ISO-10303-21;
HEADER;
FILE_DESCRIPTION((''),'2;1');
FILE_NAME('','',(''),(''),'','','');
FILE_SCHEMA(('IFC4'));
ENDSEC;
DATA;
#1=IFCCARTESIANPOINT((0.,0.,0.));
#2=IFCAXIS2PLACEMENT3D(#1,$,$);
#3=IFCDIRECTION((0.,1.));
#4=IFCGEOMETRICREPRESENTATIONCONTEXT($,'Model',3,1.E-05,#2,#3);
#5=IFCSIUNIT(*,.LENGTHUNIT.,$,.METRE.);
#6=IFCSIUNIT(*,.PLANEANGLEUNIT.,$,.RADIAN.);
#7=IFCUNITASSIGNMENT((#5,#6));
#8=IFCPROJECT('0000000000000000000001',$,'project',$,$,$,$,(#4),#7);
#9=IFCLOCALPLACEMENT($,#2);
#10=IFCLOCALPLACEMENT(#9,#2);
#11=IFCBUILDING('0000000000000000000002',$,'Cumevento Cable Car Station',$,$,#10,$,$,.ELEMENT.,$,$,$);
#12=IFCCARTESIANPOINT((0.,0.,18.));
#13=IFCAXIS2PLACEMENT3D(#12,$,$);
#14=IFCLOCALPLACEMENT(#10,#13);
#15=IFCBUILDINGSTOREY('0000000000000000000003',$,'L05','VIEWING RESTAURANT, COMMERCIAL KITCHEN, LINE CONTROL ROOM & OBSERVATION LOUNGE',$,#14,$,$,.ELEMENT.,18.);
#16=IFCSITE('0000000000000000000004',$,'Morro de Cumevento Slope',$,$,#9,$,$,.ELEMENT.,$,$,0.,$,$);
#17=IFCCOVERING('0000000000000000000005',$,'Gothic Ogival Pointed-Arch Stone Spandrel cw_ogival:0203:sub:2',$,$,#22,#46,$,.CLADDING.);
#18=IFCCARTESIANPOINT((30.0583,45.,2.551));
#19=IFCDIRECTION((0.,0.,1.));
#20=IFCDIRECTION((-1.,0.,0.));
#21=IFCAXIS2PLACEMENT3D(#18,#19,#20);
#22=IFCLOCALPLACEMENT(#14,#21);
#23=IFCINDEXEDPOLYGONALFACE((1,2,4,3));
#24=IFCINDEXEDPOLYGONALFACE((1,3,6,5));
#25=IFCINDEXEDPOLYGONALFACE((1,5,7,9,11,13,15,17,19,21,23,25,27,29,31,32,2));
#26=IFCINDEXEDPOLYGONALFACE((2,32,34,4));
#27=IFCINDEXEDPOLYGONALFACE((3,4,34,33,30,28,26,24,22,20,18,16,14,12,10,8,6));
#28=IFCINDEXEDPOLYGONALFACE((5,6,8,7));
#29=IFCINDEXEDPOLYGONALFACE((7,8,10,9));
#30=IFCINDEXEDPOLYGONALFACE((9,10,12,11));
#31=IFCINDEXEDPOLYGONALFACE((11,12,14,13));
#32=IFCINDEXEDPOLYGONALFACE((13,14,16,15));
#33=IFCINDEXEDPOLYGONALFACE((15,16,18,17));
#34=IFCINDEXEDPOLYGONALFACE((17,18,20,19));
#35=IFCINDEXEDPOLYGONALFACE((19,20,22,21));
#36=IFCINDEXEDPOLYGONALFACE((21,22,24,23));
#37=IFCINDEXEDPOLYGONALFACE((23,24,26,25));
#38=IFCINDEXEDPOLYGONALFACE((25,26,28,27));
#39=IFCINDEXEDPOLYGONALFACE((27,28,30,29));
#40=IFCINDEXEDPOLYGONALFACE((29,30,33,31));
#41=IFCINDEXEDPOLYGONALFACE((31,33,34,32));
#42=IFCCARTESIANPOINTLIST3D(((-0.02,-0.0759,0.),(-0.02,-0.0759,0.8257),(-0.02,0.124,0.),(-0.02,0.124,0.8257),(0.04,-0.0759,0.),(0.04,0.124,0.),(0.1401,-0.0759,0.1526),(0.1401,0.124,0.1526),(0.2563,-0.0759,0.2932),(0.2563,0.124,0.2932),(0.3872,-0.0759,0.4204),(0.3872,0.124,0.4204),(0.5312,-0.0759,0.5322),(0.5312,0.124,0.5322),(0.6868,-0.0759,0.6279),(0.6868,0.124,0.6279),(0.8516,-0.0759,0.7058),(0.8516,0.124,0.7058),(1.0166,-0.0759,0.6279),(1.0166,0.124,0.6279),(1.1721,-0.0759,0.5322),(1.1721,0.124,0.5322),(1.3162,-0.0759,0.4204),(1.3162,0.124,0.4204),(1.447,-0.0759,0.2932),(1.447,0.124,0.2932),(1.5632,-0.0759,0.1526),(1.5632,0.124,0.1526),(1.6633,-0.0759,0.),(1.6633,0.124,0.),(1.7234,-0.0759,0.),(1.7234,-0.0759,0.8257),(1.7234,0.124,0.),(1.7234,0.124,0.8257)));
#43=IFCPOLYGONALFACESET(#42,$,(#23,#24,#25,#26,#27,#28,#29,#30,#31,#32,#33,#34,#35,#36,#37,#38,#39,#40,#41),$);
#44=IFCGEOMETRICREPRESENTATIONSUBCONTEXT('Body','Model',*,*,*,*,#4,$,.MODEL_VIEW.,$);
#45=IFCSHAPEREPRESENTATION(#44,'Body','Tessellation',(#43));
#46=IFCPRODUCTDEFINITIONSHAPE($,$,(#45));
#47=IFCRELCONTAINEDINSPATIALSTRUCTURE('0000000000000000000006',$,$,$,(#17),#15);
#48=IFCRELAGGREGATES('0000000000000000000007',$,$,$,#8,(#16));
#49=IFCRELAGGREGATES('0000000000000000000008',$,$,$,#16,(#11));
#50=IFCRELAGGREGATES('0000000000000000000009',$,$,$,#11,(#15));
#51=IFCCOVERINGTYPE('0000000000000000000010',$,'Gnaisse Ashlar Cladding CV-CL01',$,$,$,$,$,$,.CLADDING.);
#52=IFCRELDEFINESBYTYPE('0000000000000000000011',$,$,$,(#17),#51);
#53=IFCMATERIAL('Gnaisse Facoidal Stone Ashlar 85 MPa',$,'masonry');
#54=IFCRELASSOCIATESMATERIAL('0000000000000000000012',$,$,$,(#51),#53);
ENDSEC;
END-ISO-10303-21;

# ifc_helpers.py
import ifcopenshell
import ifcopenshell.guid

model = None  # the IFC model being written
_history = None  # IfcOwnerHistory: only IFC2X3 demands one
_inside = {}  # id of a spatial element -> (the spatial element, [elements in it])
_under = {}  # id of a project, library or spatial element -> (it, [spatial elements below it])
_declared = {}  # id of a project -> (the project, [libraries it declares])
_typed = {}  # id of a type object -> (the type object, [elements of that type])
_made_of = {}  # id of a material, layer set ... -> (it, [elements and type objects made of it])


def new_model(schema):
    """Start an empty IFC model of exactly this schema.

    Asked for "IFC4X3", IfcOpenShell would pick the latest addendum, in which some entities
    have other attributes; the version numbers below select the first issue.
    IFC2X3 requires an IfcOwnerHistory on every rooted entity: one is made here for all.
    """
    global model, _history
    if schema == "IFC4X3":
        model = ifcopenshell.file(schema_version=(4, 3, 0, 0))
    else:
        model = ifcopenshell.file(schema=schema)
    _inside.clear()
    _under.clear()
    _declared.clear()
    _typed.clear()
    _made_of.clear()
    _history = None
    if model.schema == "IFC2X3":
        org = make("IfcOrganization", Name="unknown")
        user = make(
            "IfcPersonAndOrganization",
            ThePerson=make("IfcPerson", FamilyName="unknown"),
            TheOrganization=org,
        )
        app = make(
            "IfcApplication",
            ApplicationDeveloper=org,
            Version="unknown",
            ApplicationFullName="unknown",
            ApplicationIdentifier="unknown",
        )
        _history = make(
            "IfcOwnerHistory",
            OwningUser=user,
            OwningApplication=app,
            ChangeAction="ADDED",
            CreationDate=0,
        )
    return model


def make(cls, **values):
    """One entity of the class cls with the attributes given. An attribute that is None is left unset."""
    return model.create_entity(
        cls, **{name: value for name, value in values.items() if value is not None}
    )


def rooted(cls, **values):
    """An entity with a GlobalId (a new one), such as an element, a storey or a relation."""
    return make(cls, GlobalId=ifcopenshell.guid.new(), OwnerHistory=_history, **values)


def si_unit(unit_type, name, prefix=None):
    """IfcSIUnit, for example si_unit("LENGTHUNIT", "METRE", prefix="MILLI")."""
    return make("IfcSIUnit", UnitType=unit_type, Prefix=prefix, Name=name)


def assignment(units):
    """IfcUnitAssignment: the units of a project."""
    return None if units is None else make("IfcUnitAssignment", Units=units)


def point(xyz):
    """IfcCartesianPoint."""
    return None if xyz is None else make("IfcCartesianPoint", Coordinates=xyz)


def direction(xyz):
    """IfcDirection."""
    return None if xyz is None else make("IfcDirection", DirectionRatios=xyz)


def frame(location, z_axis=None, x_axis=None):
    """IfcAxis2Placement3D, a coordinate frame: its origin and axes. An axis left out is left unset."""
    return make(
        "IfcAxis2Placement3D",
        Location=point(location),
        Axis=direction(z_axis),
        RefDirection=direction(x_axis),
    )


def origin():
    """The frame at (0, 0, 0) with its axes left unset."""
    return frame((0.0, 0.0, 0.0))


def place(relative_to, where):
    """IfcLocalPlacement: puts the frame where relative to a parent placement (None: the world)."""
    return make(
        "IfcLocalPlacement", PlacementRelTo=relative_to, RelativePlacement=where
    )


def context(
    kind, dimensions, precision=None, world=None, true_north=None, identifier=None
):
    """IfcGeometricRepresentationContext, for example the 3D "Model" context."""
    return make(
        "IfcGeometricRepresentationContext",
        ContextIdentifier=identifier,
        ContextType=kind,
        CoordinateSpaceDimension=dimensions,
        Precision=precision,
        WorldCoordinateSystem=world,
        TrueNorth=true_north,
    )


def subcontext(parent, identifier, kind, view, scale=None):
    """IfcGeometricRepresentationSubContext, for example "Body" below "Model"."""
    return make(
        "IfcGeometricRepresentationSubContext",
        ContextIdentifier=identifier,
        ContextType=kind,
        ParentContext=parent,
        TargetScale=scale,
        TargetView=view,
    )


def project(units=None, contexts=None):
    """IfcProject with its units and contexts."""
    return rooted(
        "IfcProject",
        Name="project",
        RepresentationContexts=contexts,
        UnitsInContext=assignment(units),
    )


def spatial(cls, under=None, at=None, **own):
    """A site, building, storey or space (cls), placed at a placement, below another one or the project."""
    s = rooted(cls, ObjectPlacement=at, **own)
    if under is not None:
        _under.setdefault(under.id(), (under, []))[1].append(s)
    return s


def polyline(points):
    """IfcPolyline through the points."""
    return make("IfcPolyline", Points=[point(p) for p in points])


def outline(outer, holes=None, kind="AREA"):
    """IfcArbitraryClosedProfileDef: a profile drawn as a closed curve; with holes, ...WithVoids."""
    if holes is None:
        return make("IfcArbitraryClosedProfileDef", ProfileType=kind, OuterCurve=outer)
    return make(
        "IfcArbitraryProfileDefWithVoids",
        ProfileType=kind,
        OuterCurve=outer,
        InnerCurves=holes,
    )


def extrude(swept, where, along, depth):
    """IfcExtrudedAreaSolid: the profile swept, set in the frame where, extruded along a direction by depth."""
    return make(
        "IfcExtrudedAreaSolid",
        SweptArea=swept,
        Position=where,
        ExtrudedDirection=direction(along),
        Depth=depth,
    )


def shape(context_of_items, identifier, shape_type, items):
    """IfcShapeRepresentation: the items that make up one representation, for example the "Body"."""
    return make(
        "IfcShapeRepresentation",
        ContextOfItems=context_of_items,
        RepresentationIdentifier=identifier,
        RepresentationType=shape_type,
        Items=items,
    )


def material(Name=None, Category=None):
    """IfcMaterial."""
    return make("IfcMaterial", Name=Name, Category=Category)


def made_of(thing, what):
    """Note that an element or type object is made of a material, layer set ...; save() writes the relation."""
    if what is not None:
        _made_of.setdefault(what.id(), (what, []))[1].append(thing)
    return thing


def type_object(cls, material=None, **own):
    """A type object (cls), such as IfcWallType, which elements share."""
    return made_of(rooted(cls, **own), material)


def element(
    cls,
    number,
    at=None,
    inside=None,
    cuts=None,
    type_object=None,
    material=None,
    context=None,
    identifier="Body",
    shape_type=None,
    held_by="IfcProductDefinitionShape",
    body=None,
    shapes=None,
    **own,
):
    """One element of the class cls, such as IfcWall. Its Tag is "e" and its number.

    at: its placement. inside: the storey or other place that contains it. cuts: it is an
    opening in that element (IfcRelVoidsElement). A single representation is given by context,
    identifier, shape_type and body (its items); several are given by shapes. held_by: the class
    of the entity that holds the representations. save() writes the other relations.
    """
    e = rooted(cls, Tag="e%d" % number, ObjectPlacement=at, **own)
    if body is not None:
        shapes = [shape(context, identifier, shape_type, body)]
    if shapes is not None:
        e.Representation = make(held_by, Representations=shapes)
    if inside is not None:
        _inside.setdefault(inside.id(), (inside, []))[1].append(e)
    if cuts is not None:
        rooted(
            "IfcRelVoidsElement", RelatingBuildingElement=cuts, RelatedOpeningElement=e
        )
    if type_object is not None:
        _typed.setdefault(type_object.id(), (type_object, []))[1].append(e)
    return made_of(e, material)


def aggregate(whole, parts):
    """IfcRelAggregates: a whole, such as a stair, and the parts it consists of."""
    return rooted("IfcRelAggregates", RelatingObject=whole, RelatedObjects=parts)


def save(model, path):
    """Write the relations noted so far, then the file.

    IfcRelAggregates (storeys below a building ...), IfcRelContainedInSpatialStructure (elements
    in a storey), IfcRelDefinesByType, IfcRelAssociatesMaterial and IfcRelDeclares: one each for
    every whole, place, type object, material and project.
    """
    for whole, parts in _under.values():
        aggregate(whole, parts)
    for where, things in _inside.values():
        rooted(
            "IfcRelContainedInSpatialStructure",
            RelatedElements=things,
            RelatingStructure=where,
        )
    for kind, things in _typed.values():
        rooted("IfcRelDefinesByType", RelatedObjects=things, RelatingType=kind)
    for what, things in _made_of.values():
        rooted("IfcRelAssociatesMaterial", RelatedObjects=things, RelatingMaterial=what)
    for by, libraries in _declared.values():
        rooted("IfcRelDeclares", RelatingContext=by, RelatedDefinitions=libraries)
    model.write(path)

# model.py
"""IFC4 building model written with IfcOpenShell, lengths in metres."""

from ifc_helpers import new_model, si_unit, direction, frame, origin, place, context, subcontext, project, spatial, polyline, outline, extrude, material, type_object, element, save


model = new_model("IFC4")

# Units and contexts
model_context = context("Model", 3, precision=1e-05, world=origin(), true_north=direction((0.0, 1.0)))
body_context = subcontext(model_context, "Body", "Model", "MODEL_VIEW")
ifc_project = project(units=[si_unit("LENGTHUNIT", "METRE"), si_unit("PLANEANGLEUNIT", "RADIAN")], contexts=[model_context])

# Site, building, storey
site_placement = place(None, origin())
site = spatial("IfcSite", under=ifc_project, at=site_placement, Name="Morro de Cumevento Slope", CompositionType="ELEMENT", RefElevation=0.0)
building_placement = place(site_placement, origin())
building = spatial("IfcBuilding", under=site, at=building_placement, Name="Cumevento Cable Car Station", CompositionType="ELEMENT")
storey_placement = place(building_placement, frame((0.0, 0.0, 18.0)))
storey = spatial("IfcBuildingStorey", under=building, at=storey_placement, Name="L05", Description="VIEWING RESTAURANT, COMMERCIAL KITCHEN, LINE CONTROL ROOM & OBSERVATION LOUNGE", CompositionType="ELEMENT", Elevation=18.0)

# Covering
ifc_material_1 = material(Name="Gnaisse Facoidal Stone Ashlar 85 MPa", Category="masonry")
covering_type = type_object("IfcCoveringType", Name="Gnaisse Ashlar Cladding CV-CL01", PredefinedType="CLADDING", material=ifc_material_1)
covering_1_placement = place(storey_placement, frame((30.0583, 45.0, 2.551), z_axis=(0.0, 0.0, 1.0), x_axis=(-1.0, 0.0, 0.0)))
element("IfcCovering", 1, at=covering_1_placement, inside=storey, type_object=covering_type, Name="Gothic Ogival Pointed-Arch Stone Spandrel cw_ogival:0203:sub:2", PredefinedType="CLADDING", context=body_context, shape_type="SweptSolid", body=[
    extrude(outline(polyline([(-0.02, 0.0), (-0.02, 0.8257), (1.7234, 0.8257), (1.7234, 0.0), (1.6633, 0.0), (1.5632, 0.1526), (1.447, 0.2932), (1.3162, 0.4204), (1.1721, 0.5322), (1.0166, 0.6279), (0.8516, 0.7058), (0.6868, 0.6279), (0.5312, 0.5322), (0.3872, 0.4204), (0.2563, 0.2932), (0.1401, 0.1526), (0.04, 0.0), (-0.02, 0.0)])), frame((0.0, 0.124, 0.0), z_axis=(0.0, -1.0, 0.0), x_axis=(1.0, 0.0, 0.0)), (0.0, 0.0, 1.0), 0.2),
])

save(model, "model.ifc")
